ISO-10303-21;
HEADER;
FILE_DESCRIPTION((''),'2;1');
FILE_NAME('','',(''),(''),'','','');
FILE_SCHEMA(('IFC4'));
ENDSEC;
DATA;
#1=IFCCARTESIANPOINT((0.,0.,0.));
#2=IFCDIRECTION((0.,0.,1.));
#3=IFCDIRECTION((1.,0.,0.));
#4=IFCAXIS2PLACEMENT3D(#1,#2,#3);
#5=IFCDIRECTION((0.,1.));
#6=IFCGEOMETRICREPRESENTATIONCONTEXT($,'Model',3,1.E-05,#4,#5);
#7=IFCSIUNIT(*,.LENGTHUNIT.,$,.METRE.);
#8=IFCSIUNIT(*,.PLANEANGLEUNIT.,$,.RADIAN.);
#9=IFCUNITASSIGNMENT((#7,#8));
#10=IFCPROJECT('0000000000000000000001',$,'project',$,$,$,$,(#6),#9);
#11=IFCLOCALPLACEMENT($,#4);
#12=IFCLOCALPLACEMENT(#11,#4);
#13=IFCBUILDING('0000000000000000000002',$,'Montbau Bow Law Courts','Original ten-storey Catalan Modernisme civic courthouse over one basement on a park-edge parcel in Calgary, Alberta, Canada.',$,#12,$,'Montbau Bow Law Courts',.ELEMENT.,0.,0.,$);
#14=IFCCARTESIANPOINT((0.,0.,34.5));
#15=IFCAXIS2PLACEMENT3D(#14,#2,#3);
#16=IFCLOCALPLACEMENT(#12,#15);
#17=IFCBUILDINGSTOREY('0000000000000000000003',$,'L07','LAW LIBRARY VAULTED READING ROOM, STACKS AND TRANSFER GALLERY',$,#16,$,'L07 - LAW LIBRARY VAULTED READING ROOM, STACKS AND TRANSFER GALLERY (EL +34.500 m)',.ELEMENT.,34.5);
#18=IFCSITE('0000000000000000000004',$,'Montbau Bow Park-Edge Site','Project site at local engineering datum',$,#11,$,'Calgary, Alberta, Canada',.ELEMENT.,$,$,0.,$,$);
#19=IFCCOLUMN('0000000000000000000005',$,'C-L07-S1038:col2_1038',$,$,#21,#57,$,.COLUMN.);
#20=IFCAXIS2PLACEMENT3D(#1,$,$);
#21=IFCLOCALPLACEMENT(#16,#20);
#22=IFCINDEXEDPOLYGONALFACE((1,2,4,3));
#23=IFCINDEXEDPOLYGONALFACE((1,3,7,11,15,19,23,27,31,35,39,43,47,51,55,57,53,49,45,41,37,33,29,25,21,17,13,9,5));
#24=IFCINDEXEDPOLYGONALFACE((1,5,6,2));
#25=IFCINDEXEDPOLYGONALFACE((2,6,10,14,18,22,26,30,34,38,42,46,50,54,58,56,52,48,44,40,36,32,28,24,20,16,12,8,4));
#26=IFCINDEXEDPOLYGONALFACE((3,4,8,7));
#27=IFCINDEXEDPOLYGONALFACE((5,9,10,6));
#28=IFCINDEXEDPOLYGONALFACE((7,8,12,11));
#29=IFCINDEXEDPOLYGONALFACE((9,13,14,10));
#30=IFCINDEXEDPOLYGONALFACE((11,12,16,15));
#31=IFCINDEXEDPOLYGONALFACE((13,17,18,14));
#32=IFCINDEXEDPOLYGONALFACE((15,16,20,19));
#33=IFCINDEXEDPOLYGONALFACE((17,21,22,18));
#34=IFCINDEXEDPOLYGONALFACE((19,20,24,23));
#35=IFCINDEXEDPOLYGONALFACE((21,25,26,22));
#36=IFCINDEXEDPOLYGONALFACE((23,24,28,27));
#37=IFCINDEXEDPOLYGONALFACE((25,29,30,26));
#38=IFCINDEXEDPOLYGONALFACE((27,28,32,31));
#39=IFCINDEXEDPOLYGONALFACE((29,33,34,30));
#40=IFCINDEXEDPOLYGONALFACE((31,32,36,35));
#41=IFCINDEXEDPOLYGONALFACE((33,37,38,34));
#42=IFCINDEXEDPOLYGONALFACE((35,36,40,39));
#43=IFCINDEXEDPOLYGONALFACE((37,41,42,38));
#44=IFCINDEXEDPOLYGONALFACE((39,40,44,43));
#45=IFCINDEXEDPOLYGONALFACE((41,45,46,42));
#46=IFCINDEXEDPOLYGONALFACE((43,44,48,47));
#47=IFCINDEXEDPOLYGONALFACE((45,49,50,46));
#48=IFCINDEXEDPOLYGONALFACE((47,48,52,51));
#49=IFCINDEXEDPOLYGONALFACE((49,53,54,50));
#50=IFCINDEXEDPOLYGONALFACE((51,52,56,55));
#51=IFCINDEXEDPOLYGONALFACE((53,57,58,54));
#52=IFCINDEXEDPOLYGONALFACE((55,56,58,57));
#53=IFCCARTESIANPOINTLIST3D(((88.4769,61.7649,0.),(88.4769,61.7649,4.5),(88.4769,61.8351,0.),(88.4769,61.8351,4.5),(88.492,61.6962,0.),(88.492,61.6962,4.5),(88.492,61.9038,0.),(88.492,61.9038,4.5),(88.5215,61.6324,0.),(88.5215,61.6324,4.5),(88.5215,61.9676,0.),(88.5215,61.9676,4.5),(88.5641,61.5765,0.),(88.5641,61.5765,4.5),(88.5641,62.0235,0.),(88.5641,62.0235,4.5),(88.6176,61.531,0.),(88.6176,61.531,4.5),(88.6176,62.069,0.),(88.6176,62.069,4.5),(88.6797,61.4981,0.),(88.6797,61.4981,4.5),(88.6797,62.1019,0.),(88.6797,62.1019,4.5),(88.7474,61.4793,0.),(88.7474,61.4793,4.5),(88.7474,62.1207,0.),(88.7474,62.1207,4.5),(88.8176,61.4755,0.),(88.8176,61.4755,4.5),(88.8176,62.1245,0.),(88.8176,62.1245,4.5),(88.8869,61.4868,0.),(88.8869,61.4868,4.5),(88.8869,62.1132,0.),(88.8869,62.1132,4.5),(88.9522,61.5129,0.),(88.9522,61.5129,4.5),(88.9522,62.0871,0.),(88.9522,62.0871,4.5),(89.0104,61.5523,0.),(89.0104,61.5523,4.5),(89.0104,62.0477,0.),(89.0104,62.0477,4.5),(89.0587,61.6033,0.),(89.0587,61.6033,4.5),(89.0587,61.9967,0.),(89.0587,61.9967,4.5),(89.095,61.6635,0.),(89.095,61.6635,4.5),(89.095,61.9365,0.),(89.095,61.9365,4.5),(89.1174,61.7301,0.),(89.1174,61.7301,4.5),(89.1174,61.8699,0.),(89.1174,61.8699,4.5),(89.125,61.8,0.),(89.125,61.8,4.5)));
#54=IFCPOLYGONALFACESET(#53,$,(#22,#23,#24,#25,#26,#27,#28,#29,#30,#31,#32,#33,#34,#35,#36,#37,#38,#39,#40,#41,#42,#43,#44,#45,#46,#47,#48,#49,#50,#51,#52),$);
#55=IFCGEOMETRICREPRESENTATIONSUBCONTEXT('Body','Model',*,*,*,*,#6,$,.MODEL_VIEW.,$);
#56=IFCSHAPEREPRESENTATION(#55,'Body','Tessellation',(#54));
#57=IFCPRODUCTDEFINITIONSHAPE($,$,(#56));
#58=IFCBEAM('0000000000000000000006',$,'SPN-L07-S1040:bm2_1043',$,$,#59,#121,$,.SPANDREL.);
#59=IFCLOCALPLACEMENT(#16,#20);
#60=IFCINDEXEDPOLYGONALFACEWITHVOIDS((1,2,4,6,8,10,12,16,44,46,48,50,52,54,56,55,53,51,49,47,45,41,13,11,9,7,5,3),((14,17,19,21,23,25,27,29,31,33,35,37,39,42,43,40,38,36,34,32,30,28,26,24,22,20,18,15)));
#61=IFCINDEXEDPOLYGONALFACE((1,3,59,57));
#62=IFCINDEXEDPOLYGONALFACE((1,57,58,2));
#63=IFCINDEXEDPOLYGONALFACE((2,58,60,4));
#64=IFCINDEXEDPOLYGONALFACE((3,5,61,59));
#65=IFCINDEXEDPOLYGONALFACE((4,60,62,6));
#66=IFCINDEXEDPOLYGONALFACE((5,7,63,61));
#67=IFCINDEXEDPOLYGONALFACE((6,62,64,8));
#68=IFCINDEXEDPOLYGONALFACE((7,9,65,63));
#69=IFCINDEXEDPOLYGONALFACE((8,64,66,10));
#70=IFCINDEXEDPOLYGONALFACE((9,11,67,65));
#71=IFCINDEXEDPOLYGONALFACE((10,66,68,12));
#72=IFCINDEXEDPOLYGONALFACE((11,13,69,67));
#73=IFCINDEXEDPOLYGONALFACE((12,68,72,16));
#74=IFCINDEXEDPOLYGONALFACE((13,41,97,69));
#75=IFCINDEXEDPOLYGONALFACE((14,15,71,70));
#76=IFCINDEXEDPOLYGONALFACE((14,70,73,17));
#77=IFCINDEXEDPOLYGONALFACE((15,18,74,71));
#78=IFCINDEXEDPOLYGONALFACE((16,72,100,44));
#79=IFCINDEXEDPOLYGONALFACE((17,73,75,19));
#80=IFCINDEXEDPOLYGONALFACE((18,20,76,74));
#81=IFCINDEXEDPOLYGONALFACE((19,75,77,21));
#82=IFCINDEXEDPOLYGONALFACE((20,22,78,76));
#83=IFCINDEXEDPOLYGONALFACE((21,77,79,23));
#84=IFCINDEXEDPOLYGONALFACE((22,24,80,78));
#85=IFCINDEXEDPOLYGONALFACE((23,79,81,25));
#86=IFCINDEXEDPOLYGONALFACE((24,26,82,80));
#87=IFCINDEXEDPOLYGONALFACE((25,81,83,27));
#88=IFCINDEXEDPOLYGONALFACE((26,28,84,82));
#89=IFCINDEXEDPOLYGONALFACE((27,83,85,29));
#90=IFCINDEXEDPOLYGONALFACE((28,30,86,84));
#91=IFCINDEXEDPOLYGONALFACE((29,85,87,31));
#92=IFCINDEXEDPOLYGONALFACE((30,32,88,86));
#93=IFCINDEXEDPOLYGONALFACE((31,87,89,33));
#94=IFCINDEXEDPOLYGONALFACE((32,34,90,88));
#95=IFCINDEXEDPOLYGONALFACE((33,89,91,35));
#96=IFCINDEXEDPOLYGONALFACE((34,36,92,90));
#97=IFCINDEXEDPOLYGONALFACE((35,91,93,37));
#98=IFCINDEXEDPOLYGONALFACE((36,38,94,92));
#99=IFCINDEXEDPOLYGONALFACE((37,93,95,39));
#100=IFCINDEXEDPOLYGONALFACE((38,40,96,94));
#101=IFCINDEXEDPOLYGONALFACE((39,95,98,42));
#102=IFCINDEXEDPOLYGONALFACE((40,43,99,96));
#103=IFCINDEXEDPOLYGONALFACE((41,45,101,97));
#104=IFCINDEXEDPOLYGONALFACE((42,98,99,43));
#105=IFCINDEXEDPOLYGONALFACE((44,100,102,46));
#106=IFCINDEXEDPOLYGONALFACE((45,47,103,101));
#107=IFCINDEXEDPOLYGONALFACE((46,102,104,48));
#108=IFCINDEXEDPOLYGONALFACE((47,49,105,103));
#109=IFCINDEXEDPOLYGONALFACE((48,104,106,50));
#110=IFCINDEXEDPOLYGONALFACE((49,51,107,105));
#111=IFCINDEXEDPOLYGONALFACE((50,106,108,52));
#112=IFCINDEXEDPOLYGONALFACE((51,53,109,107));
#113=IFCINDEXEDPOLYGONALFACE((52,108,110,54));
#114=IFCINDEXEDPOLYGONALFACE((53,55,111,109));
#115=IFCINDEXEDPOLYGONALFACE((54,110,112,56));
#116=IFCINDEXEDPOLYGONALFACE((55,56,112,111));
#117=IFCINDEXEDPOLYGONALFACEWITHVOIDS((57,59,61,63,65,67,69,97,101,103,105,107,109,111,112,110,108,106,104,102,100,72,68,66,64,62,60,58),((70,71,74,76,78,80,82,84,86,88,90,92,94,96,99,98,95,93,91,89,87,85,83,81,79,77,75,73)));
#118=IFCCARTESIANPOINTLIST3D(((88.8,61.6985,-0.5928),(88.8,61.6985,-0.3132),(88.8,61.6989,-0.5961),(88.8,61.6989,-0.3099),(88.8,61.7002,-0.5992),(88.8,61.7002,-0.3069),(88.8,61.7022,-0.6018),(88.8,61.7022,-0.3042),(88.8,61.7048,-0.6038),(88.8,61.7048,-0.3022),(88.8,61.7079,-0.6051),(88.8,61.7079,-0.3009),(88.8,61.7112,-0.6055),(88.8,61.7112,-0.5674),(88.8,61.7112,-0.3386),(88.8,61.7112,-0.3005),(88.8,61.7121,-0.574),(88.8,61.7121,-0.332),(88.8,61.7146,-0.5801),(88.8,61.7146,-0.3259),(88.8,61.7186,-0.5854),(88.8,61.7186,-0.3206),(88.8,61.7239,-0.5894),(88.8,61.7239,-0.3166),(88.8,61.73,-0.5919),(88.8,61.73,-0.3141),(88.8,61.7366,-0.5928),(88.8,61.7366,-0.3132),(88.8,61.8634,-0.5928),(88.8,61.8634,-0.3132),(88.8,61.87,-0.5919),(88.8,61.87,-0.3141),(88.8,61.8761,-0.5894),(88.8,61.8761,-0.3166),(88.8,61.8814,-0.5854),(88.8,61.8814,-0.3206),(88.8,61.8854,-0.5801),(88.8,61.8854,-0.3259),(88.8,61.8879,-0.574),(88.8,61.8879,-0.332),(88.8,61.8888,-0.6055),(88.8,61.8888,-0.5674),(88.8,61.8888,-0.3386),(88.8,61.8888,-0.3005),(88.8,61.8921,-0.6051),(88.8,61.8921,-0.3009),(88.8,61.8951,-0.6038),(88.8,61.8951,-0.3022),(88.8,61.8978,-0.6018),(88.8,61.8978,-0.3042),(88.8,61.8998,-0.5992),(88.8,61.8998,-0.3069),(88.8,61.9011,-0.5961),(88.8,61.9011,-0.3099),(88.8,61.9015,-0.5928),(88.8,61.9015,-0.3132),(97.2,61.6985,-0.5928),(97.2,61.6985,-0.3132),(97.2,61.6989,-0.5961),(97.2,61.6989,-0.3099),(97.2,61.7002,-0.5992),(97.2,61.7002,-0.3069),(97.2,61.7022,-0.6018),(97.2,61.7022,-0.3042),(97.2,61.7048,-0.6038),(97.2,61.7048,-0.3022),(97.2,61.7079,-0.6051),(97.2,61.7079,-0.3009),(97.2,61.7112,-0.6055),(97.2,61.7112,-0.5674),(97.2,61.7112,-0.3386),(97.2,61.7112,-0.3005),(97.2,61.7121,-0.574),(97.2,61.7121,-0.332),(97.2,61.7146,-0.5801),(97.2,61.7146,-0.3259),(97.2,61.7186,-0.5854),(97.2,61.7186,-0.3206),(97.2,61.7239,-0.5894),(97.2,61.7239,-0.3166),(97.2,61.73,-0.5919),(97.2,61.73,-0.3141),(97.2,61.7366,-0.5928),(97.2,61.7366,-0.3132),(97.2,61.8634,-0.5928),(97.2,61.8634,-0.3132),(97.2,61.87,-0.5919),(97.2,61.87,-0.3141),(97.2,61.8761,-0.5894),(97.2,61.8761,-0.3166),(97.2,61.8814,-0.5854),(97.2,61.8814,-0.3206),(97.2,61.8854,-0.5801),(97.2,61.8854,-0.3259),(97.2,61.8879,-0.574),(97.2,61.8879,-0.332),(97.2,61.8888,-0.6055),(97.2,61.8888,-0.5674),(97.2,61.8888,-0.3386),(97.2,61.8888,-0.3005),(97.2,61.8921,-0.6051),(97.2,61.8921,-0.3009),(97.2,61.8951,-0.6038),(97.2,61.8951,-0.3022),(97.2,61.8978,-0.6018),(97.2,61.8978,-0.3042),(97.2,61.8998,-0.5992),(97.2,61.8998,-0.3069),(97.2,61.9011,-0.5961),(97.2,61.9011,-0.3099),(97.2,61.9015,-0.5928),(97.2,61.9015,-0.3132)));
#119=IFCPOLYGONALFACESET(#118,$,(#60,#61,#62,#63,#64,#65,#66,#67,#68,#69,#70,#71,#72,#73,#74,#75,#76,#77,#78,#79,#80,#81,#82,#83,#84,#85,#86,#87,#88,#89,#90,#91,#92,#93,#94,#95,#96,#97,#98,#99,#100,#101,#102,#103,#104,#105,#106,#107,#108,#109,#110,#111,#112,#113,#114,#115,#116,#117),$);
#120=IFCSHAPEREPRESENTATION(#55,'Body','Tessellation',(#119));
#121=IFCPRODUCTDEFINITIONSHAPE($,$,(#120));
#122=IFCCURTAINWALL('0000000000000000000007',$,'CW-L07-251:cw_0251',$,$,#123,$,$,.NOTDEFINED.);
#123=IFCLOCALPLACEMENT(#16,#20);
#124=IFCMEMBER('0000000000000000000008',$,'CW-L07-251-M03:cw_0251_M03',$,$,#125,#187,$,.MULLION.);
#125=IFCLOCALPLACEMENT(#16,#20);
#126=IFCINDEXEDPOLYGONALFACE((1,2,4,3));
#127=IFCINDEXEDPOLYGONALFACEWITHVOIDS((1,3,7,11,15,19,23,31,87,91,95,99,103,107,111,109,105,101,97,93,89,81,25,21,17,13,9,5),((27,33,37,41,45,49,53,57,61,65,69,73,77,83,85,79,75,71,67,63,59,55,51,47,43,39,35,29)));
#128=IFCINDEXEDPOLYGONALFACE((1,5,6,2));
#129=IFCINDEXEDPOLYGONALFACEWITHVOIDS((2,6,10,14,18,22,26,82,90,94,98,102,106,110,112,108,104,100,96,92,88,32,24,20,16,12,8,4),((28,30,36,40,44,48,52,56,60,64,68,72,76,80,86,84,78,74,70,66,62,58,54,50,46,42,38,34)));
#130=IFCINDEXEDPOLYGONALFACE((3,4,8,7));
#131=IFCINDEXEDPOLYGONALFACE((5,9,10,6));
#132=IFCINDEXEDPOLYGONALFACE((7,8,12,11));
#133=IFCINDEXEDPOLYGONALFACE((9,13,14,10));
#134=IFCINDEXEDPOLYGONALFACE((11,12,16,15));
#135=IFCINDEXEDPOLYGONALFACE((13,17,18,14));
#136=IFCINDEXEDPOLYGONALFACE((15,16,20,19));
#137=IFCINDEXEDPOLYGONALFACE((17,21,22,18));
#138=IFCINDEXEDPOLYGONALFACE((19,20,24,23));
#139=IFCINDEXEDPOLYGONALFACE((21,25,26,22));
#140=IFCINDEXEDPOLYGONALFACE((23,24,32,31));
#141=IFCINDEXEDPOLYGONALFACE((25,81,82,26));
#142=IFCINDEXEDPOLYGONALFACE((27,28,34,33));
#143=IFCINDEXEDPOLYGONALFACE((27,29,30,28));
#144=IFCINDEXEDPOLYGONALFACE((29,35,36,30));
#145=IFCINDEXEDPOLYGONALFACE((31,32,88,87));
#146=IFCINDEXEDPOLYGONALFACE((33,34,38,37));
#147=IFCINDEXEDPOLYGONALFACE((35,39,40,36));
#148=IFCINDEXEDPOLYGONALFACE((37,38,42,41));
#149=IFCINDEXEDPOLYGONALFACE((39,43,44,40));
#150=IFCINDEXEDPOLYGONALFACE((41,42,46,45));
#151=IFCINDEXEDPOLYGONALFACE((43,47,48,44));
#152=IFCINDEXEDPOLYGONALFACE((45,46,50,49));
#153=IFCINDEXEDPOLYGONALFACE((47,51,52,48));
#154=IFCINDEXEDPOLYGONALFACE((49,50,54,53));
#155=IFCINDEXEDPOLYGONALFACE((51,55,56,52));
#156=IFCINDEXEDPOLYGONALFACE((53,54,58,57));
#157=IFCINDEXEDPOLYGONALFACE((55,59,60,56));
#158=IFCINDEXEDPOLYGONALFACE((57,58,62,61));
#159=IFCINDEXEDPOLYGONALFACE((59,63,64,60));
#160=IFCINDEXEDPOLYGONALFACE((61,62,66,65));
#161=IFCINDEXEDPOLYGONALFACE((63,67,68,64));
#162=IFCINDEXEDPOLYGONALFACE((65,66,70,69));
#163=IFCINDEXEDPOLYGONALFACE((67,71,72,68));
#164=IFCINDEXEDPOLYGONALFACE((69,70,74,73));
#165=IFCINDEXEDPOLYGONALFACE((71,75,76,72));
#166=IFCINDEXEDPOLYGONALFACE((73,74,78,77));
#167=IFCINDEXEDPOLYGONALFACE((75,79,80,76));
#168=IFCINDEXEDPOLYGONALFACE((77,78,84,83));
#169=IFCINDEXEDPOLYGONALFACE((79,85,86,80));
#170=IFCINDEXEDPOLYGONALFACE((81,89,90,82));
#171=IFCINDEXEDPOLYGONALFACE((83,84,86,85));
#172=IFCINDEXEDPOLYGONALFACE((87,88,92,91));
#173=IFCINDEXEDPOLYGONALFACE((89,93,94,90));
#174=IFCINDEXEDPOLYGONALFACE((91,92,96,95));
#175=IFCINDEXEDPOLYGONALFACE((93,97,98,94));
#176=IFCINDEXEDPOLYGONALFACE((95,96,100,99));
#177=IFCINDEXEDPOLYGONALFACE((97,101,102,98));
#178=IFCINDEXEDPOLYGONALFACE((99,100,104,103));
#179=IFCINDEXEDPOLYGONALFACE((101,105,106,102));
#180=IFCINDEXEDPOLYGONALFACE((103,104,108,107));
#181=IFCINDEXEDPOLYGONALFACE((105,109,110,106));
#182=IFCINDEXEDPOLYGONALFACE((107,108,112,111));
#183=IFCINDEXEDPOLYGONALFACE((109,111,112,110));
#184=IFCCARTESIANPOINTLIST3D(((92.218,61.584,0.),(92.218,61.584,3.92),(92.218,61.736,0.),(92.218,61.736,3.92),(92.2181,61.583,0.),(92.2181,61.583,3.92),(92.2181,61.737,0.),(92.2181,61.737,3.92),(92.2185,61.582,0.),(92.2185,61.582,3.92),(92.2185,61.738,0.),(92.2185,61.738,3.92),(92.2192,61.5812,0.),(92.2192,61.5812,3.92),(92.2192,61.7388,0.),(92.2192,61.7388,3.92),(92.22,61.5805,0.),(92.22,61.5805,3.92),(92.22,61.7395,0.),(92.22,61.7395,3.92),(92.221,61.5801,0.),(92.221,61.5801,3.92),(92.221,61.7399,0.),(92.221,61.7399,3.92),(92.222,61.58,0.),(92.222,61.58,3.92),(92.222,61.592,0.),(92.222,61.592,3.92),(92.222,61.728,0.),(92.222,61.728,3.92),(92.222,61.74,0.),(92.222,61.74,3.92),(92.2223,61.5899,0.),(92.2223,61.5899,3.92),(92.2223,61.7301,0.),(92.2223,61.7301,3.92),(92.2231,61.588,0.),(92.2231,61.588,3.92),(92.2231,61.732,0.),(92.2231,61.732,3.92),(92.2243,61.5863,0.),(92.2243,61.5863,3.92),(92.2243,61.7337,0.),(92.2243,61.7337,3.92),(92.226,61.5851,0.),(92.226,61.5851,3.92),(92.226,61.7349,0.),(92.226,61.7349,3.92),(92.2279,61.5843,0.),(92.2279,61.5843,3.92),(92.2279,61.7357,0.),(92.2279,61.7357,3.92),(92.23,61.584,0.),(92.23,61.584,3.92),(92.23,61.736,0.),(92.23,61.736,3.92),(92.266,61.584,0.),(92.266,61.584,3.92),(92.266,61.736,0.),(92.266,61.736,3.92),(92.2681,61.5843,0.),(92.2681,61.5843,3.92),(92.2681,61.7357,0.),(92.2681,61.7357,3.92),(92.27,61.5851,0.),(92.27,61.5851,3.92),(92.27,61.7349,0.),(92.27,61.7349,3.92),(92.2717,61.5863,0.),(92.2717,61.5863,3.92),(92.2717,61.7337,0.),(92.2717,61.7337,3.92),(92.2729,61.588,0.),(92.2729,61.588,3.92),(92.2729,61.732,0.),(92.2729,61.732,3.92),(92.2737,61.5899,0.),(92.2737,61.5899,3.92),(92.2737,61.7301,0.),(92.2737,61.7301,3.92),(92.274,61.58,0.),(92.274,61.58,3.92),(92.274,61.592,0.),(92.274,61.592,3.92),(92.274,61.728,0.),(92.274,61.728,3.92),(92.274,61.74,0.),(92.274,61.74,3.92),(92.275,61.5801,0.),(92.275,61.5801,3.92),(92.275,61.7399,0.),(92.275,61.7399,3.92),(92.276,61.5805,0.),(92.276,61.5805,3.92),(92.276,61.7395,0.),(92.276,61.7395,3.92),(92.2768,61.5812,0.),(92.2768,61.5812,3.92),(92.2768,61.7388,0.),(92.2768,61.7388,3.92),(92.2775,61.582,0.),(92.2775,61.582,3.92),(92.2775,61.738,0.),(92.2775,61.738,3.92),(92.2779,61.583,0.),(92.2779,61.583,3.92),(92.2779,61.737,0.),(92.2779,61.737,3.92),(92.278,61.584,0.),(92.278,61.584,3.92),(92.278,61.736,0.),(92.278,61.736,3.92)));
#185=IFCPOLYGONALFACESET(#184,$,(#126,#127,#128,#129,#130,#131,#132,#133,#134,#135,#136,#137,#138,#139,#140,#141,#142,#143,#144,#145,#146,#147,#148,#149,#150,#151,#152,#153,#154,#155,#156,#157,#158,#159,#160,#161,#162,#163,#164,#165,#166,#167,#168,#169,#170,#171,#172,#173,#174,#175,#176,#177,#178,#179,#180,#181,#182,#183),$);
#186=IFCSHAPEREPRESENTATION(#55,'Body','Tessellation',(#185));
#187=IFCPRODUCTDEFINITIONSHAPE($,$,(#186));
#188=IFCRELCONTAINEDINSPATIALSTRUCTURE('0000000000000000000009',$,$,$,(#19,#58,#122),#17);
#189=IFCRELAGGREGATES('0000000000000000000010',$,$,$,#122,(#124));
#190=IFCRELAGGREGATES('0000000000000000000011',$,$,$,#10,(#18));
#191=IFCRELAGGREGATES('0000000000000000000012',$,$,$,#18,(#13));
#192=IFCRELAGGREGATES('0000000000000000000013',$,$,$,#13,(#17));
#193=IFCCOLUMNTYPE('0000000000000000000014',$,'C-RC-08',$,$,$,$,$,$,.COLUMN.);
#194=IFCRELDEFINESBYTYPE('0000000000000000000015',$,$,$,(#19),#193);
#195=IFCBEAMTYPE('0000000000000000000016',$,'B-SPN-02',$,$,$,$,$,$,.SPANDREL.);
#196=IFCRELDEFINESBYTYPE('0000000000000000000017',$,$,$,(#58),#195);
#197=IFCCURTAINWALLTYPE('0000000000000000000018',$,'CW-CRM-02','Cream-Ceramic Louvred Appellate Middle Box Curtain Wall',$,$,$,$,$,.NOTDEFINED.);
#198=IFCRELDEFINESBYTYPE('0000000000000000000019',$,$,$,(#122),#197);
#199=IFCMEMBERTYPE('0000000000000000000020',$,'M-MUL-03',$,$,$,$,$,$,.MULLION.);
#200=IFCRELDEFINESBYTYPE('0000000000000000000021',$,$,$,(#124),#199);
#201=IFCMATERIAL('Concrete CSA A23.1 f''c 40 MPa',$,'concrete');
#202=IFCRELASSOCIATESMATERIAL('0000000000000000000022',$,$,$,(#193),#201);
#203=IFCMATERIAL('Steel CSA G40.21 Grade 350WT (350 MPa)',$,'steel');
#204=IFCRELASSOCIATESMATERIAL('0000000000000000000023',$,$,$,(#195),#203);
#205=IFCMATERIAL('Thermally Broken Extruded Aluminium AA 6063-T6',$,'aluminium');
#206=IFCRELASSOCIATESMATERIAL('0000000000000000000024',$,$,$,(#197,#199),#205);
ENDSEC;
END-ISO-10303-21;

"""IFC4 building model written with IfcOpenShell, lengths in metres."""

from ifc_helpers import new_model, si_unit, direction, frame, origin_with_axes, origin_2d_with_axis, place, context, subcontext, project, spatial, hollow_rectangle, circle, extrude, material, material_profile, profile_set, type_object, element, aggregate, save


model = new_model("IFC4")

# Units and contexts
model_context = context("Model", 3, precision=1e-05, world=origin_with_axes(), true_north=direction((0.0, 1.0)))
body_context = subcontext(model_context, "Body", "Model", "MODEL_VIEW")
ifc_project = project(units=[si_unit("LENGTHUNIT", "METRE"), si_unit("PLANEANGLEUNIT", "RADIAN")], contexts=[model_context])

# Site, building, storey
site_placement = place(None, origin_with_axes())
site = spatial("IfcSite", under=ifc_project, at=site_placement, Name="Montbau Bow Park-Edge Site", Description="Project site at local engineering datum", LongName="Calgary, Alberta, Canada", CompositionType="ELEMENT", RefElevation=0.0)
building_placement = place(site_placement, origin_with_axes())
building = spatial("IfcBuilding", under=site, at=building_placement, Name="Montbau Bow Law Courts", Description="Original ten-storey Catalan Modernisme civic courthouse over one basement on a park-edge parcel in Calgary, Alberta, Canada.", LongName="Montbau Bow Law Courts", CompositionType="ELEMENT", ElevationOfRefHeight=0.0, ElevationOfTerrain=0.0)
storey_placement = place(building_placement, frame((0.0, 0.0, 34.5), z_axis=(0.0, 0.0, 1.0), x_axis=(1.0, 0.0, 0.0)))
storey = spatial("IfcBuildingStorey", under=building, at=storey_placement, Name="L07", Description="LAW LIBRARY VAULTED READING ROOM, STACKS AND TRANSFER GALLERY", LongName="L07 - LAW LIBRARY VAULTED READING ROOM, STACKS AND TRANSFER GALLERY (EL +34.500 m)", CompositionType="ELEMENT", Elevation=34.5)

# Column
ifc_material_1 = material(Name="Concrete CSA A23.1 f'c 40 MPa", Category="concrete")
ifc_material_profile_1 = material_profile(ifc_material_1, circle(Radius=0.325, at=origin_2d_with_axis()), Name="RC650D", Category="Main", Priority=0)
ifc_profile_set_1 = profile_set([ifc_material_profile_1], Name="Concrete CSA A23.1 f'c 40 MPa")
column_type = type_object("IfcColumnType", Name="C-RC-08", PredefinedType="COLUMN", material=ifc_profile_set_1)
column_placement = place(None, frame((88.8, 61.8, 34.5), z_axis=(0.0, 0.0, 1.0), x_axis=(1.0, 0.0, 0.0)))
element("IfcColumn", 1, at=column_placement, inside=storey, type_object=column_type, Name="C-L07-S1038:col2_1038", PredefinedType="COLUMN", context=body_context, shape_type="SweptSolid", body=[
    extrude(circle(Radius=0.325, at=origin_2d_with_axis()), origin_with_axes(), (0.0, 0.0, 1.0), 4.5),
])

# Beam
ifc_material_2 = material(Name="Steel CSA G40.21 Grade 350WT (350 MPa)", Category="steel")
ifc_material_profile_2 = material_profile(ifc_material_2, hollow_rectangle(XDim=0.203, YDim=0.305, WallThickness=0.0127, InnerFilletRadius=0.0254, OuterFilletRadius=0.0127, at=origin_2d_with_axis()), Name="HSS305X203X13", Category="Main", Priority=0)
ifc_profile_set_2 = profile_set([ifc_material_profile_2], Name="Steel CSA G40.21 Grade 350WT (350 MPa)")
beam_type = type_object("IfcBeamType", Name="B-SPN-02", PredefinedType="SPANDREL", material=ifc_profile_set_2)
beam_placement = place(None, frame((88.8, 61.8, 34.047), z_axis=(1.0, 0.0, 0.0), x_axis=(0.0, 1.0, 0.0)))
element("IfcBeam", 2, at=beam_placement, inside=storey, type_object=beam_type, Name="SPN-L07-S1040:bm2_1043", PredefinedType="SPANDREL", context=body_context, shape_type="SweptSolid", body=[
    extrude(hollow_rectangle(XDim=0.203, YDim=0.305, WallThickness=0.0127, InnerFilletRadius=0.0254, OuterFilletRadius=0.0127, at=origin_2d_with_axis()), origin_with_axes(), (0.0, 0.0, 1.0), 8.4),
])

# Curtain wall, member
ifc_material_3 = material(Name="Thermally Broken Extruded Aluminium AA 6063-T6", Category="aluminium")
curtain_wall_type = type_object("IfcCurtainWallType", Name="CW-CRM-02", Description="Cream-Ceramic Louvred Appellate Middle Box Curtain Wall", PredefinedType="NOTDEFINED", material=ifc_material_3)
curtain_wall_placement = place(None, frame((89.24, 61.66, 34.5), z_axis=(0.0, 0.0, 1.0), x_axis=(1.0, 0.0, 0.0)))
curtain_wall = element("IfcCurtainWall", 3, at=curtain_wall_placement, inside=storey, type_object=curtain_wall_type, Name="CW-L07-251:cw_0251", PredefinedType="NOTDEFINED")
ifc_material_profile_3 = material_profile(ifc_material_3, hollow_rectangle(XDim=0.06, YDim=0.16, WallThickness=0.004, InnerFilletRadius=0.008, OuterFilletRadius=0.004, at=origin_2d_with_axis()), Name="CWM-160X60", Category="Main", Priority=0)
ifc_profile_set_3 = profile_set([ifc_material_profile_3], Name="Thermally Broken Extruded Aluminium AA 6063-T6")
member_type_1 = type_object("IfcMemberType", Name="M-MUL-03", PredefinedType="MULLION", material=ifc_profile_set_3)
member_1_placement = place(None, frame((92.248, 61.66, 34.5), z_axis=(0.0, 0.0, 1.0), x_axis=(1.0, 0.0, 0.0)))
member_1 = element("IfcMember", 4, at=member_1_placement, type_object=member_type_1, Name="CW-L07-251-M03:cw_0251_M03", PredefinedType="MULLION", context=body_context, shape_type="SweptSolid", body=[
    extrude(hollow_rectangle(XDim=0.06, YDim=0.16, WallThickness=0.004, InnerFilletRadius=0.008, OuterFilletRadius=0.004, at=origin_2d_with_axis()), origin_with_axes(), (0.0, 0.0, 1.0), 3.92),
])
aggregate(curtain_wall, [member_1])

save(model, "model.ifc")
